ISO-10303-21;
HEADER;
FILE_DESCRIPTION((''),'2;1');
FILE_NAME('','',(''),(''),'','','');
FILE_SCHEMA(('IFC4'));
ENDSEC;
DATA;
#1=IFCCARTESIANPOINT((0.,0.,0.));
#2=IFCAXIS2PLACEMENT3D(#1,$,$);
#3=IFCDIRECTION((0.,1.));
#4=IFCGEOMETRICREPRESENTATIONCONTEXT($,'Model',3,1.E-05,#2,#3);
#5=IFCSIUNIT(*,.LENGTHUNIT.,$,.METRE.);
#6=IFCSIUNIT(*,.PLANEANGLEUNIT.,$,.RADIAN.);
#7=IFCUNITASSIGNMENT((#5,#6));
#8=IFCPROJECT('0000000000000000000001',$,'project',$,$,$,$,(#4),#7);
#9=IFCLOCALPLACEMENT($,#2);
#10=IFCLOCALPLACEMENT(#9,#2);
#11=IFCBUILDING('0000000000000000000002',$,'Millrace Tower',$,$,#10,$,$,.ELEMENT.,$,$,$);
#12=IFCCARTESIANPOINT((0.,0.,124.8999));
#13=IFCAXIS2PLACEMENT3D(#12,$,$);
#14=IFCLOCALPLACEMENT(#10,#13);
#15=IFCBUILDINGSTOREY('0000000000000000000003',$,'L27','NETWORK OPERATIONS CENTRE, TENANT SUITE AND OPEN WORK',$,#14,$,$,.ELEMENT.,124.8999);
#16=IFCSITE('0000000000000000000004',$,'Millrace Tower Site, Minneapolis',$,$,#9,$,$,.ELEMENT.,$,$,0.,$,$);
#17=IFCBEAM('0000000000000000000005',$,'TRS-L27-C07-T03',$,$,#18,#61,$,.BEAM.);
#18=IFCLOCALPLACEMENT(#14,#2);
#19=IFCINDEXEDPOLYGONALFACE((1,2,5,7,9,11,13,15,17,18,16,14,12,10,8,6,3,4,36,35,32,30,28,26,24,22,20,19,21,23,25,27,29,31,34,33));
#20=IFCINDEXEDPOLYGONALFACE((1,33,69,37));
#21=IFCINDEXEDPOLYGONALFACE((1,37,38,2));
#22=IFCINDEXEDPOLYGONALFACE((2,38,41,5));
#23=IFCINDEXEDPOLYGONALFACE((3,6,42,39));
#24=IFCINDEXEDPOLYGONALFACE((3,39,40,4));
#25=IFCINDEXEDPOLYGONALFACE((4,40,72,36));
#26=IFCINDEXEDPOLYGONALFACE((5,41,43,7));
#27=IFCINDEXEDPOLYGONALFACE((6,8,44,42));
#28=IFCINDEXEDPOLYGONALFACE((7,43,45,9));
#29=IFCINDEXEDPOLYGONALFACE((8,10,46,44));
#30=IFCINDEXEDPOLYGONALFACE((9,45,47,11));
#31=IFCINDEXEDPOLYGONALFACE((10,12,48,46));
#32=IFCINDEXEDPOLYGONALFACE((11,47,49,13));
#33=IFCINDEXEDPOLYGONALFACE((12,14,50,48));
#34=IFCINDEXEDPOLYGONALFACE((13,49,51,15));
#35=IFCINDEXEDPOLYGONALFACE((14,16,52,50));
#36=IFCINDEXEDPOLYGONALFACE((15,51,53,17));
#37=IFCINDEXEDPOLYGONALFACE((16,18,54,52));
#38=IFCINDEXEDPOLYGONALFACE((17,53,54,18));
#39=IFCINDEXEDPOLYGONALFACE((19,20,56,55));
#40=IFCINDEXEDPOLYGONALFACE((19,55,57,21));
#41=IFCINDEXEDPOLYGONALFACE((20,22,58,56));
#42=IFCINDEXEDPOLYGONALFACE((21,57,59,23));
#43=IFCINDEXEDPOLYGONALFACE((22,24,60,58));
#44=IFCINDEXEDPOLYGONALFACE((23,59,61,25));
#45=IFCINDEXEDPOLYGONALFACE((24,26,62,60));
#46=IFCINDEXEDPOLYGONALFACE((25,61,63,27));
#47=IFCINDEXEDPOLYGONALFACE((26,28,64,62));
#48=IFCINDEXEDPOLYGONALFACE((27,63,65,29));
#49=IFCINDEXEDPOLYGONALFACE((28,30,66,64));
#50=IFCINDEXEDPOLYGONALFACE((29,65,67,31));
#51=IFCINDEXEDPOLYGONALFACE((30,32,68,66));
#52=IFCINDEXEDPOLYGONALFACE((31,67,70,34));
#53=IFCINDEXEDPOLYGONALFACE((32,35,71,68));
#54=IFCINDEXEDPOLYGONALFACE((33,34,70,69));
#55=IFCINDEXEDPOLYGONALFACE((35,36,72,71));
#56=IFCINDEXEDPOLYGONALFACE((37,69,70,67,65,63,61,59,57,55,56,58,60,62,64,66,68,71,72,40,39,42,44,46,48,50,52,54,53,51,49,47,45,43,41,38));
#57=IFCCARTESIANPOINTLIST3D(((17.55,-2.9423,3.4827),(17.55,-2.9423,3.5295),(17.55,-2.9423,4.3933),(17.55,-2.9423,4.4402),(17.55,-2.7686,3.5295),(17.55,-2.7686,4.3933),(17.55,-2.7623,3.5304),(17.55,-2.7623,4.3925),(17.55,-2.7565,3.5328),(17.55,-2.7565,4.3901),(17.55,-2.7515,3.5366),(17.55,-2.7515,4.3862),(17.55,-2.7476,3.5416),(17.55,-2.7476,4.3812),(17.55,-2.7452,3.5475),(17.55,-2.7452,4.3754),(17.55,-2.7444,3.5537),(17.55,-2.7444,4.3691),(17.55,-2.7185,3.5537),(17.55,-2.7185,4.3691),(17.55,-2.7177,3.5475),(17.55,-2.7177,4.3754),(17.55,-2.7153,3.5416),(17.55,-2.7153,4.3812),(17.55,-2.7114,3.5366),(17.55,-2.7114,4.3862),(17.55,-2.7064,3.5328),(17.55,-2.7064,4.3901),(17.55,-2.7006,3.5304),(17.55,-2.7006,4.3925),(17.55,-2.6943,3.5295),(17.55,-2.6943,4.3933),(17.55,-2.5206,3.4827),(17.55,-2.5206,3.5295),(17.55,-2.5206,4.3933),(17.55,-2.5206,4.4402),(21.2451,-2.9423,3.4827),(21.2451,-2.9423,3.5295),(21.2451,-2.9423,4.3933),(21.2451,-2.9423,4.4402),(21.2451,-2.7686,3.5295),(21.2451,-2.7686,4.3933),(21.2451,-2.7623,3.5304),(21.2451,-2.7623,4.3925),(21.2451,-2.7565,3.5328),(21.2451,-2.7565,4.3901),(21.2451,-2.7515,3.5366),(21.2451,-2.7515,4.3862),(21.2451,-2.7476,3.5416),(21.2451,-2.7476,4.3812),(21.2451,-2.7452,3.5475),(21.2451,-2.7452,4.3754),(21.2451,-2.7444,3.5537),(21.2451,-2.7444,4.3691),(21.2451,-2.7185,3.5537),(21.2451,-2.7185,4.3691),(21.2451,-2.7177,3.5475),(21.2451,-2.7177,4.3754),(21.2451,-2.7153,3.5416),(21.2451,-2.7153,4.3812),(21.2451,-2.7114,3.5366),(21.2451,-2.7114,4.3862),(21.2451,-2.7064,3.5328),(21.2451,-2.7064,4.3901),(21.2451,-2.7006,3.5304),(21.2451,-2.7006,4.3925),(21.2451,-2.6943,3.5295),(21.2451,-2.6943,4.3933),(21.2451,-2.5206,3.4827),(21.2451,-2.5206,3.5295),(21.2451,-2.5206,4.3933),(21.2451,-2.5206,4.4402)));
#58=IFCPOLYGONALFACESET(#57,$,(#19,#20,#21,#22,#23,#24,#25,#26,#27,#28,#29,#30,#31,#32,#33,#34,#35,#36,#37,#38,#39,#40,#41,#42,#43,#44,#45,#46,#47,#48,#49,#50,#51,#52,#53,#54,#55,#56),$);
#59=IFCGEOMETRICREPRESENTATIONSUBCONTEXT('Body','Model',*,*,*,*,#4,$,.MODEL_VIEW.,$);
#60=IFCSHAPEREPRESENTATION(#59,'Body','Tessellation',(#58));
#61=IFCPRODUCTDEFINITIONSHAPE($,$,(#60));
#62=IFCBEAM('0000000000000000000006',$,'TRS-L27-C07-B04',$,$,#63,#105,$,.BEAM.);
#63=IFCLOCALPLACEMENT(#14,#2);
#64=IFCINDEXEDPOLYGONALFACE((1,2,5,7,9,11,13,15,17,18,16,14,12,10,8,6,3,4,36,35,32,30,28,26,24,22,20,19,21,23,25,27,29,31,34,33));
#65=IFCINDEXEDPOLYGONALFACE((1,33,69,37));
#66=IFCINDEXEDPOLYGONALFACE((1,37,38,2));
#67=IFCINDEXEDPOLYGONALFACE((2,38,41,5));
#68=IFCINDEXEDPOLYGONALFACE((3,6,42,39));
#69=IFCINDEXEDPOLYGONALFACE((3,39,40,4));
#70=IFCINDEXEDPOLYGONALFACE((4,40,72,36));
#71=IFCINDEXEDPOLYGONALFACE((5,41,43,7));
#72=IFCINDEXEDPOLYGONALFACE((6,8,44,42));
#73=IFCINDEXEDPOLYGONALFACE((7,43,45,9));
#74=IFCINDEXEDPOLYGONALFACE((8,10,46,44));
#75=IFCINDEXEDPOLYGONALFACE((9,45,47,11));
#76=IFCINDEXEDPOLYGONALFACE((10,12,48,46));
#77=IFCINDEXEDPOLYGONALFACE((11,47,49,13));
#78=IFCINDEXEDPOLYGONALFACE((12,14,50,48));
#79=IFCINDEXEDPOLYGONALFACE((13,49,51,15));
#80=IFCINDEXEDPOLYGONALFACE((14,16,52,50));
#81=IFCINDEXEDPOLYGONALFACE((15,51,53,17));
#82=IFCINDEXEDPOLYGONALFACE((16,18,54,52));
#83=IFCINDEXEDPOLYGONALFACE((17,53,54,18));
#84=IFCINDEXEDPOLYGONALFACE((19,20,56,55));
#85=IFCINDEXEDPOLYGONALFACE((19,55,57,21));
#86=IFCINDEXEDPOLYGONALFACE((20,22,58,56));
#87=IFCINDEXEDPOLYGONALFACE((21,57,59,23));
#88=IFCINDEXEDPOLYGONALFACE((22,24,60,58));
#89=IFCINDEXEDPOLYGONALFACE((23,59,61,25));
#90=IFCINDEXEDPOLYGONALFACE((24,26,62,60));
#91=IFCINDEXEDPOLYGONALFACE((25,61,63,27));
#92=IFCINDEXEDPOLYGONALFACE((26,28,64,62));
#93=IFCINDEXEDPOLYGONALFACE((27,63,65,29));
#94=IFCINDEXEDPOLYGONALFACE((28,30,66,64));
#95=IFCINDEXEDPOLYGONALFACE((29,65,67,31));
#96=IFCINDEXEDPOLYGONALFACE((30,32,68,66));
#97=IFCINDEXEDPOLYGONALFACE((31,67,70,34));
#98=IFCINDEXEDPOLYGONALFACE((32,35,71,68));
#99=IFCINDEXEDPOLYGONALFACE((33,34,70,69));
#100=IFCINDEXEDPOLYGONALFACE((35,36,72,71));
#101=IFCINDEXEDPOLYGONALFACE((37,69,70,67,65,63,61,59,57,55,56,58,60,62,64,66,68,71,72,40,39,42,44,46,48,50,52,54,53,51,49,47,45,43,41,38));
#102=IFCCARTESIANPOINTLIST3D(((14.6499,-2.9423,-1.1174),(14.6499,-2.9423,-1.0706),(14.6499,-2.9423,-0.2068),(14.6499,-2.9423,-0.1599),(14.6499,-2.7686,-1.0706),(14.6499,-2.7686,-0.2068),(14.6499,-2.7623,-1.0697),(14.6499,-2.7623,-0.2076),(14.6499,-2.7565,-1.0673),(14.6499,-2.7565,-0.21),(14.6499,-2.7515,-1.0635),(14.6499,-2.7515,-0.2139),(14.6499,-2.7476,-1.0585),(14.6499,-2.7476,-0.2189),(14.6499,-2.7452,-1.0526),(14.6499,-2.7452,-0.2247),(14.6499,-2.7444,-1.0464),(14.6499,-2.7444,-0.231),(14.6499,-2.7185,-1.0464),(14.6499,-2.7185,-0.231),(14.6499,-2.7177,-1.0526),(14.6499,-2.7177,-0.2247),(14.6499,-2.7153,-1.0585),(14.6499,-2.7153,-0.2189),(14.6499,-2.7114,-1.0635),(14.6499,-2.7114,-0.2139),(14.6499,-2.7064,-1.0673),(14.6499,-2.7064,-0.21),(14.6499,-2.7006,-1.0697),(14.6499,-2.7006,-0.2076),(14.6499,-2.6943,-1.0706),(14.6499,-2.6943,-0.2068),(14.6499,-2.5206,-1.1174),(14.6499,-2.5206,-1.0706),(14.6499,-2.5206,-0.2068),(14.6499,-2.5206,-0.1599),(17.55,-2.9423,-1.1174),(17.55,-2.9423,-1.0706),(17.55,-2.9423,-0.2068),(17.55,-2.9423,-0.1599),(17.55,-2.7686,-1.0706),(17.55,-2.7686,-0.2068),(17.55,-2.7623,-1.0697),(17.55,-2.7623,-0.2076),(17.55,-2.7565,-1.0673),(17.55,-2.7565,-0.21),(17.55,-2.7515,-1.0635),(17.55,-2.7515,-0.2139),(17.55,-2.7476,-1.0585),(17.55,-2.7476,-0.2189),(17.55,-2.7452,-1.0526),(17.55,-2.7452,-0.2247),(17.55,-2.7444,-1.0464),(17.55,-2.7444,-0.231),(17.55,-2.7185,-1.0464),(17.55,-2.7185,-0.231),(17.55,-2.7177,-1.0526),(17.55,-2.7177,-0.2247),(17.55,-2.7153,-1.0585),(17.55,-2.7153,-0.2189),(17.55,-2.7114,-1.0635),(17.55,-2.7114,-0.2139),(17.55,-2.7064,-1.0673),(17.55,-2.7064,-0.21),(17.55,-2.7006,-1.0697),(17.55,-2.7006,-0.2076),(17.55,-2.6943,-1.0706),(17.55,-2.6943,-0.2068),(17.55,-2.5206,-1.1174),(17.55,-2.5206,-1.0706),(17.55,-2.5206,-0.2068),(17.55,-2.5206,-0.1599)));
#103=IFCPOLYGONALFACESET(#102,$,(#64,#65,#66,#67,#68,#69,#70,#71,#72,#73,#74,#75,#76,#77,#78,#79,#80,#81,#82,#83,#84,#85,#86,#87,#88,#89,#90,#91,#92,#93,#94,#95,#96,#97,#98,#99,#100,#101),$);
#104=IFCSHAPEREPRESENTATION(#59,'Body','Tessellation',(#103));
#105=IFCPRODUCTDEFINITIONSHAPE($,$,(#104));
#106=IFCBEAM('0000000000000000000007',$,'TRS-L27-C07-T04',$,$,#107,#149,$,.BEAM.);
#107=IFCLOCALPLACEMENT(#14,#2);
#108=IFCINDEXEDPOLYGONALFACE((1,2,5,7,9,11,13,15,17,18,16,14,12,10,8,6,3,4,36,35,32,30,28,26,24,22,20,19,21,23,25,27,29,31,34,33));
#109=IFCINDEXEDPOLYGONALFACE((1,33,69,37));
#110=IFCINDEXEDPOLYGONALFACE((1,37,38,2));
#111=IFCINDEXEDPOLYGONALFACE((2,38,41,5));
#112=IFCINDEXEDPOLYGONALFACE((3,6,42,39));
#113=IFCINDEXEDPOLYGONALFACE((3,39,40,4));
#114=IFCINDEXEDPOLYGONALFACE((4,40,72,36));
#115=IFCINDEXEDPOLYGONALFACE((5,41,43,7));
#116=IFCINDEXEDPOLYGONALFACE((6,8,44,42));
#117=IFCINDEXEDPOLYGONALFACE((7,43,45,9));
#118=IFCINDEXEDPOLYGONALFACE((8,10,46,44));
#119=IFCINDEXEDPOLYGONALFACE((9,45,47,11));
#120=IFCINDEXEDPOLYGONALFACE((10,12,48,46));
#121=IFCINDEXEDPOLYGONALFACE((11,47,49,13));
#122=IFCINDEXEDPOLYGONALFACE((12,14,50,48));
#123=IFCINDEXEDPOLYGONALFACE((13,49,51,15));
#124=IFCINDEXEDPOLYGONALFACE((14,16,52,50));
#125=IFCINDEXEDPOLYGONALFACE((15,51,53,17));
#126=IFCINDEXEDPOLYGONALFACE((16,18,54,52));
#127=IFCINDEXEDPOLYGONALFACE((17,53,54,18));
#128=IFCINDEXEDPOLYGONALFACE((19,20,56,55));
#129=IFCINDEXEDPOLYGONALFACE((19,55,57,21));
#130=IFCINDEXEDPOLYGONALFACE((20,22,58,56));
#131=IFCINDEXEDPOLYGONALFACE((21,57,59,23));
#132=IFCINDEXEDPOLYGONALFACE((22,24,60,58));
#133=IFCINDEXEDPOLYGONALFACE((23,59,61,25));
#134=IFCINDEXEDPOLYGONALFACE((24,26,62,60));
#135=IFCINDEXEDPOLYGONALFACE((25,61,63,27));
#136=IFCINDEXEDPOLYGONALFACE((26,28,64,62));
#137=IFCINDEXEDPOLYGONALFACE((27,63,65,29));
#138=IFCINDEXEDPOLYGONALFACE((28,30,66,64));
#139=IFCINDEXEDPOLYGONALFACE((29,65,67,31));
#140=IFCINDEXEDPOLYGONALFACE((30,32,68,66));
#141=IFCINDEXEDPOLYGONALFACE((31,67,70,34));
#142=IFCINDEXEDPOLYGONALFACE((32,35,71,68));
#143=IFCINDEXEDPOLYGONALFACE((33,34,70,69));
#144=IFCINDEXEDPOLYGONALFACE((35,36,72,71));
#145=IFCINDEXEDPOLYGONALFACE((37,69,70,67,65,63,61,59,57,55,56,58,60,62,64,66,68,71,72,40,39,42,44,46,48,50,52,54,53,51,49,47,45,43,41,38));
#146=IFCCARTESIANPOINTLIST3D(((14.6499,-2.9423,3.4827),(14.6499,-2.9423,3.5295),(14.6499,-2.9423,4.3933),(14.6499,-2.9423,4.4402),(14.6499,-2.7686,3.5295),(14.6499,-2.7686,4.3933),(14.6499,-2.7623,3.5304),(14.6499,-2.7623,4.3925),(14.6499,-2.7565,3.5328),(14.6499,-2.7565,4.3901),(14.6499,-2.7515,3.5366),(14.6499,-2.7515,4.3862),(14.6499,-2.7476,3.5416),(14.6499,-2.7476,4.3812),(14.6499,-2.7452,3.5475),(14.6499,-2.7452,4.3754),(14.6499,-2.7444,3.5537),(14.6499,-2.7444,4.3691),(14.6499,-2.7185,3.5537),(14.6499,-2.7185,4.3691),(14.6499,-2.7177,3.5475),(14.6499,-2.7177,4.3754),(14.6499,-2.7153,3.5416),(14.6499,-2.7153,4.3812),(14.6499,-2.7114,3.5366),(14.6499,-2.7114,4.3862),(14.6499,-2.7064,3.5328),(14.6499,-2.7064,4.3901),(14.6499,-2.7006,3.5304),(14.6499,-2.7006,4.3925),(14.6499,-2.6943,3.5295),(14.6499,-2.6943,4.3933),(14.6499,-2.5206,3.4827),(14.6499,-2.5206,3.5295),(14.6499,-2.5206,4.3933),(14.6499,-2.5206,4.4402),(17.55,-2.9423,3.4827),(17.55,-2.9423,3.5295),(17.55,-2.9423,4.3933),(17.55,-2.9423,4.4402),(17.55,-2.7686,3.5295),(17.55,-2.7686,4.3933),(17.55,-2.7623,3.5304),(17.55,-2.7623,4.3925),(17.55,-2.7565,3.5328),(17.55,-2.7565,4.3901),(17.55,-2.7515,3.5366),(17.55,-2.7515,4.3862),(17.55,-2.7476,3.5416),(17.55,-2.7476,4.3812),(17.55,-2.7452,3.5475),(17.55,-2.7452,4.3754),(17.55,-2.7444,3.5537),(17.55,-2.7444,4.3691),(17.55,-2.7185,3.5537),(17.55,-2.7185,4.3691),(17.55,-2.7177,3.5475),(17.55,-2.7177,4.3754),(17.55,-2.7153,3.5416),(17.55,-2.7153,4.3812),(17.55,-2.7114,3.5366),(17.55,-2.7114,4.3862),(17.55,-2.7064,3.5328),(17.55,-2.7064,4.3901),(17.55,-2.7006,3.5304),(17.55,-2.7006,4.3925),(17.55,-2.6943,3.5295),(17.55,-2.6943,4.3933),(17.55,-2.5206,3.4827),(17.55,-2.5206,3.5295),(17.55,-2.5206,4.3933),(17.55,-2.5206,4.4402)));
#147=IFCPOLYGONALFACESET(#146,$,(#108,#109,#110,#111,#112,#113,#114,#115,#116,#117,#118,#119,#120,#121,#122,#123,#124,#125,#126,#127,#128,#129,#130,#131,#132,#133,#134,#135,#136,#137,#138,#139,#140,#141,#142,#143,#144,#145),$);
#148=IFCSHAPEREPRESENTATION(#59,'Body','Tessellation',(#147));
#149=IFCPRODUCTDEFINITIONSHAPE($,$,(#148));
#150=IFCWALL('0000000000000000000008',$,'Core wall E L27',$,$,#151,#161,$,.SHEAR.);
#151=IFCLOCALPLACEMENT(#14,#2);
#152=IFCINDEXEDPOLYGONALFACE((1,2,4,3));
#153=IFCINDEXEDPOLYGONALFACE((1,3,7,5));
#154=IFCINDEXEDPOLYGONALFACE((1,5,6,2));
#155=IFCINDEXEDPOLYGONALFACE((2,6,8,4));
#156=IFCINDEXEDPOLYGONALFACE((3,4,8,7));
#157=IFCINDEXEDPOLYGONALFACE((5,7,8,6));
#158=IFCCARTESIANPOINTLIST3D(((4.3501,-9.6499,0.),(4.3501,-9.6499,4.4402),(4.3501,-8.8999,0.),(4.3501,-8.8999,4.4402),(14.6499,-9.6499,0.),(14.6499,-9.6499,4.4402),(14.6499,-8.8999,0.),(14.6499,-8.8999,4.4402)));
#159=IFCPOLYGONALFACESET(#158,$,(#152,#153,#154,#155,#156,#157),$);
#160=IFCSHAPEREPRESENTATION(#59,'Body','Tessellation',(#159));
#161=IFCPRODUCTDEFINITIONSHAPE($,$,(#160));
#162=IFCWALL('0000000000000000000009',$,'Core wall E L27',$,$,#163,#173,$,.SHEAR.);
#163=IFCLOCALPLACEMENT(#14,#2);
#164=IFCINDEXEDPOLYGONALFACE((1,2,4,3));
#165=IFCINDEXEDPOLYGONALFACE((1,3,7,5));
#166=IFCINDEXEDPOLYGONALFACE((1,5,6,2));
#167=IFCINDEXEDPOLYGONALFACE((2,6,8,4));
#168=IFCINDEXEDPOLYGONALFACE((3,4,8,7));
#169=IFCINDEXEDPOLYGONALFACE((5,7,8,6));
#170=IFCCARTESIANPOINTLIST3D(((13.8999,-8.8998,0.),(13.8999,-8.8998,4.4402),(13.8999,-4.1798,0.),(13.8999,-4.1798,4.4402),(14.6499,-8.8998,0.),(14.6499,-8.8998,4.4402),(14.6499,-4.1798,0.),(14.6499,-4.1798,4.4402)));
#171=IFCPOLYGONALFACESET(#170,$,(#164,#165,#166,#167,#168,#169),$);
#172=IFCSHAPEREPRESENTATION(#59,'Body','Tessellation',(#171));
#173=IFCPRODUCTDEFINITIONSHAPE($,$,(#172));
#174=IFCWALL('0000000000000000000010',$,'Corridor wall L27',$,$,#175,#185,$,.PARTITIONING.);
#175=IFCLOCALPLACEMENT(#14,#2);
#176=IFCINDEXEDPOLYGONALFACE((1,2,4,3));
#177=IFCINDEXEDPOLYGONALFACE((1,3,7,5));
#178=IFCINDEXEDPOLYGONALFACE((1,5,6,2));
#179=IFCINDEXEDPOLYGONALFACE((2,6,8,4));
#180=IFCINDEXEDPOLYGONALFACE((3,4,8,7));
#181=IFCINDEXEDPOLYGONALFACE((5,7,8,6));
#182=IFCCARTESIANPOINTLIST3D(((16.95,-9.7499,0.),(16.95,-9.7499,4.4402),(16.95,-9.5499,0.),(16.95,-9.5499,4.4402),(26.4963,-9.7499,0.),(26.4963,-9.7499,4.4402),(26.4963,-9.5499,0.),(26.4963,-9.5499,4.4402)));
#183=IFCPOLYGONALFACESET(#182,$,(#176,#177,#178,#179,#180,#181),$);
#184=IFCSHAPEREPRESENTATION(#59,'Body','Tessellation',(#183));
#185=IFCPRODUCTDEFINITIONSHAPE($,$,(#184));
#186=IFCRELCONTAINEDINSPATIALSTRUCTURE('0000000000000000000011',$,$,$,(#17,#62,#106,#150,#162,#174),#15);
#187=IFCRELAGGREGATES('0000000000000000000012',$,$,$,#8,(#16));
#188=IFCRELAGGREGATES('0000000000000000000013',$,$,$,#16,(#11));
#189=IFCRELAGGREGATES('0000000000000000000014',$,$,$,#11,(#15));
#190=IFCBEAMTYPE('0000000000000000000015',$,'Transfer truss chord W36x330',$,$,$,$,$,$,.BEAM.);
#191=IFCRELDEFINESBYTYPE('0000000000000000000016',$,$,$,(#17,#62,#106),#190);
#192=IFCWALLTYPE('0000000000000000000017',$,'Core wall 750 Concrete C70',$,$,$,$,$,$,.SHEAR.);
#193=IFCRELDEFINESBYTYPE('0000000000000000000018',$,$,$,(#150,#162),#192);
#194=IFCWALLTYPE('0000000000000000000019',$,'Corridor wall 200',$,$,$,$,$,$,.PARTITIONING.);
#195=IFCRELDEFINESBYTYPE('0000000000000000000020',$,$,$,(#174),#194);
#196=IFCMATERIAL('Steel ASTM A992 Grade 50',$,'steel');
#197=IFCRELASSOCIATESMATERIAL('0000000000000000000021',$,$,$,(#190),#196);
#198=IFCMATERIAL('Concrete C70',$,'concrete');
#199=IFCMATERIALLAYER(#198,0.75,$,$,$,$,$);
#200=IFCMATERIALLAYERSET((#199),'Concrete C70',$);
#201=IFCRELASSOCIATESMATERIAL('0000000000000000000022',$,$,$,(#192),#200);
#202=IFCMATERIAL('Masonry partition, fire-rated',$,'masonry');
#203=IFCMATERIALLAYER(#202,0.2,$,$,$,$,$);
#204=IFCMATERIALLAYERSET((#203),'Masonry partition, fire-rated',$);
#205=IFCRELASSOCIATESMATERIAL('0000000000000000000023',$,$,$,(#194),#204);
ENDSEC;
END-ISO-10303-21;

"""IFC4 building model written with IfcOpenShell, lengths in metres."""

from ifc_helpers import new_model, si_unit, direction, frame, frame_2d, origin, origin_2d, place, context, subcontext, project, spatial, rectangle, i_section, extrude, material, layer, layer_set, material_profile, profile_set, type_object, element, save


model = new_model("IFC4")

# Units and contexts
model_context = context("Model", 3, precision=1e-05, world=origin(), true_north=direction((0.0, 1.0)))
body_context = subcontext(model_context, "Body", "Model", "MODEL_VIEW")
ifc_project = project(units=[si_unit("LENGTHUNIT", "METRE"), si_unit("PLANEANGLEUNIT", "RADIAN")], contexts=[model_context])

# Site, building, storey
site_placement = place(None, origin())
site = spatial("IfcSite", under=ifc_project, at=site_placement, Name="Millrace Tower Site, Minneapolis", CompositionType="ELEMENT", RefElevation=0.0)
building_placement = place(site_placement, origin())
building = spatial("IfcBuilding", under=site, at=building_placement, Name="Millrace Tower", CompositionType="ELEMENT")
storey_placement = place(building_placement, frame((0.0, 0.0, 124.8999)))
storey = spatial("IfcBuildingStorey", under=building, at=storey_placement, Name="L27", Description="NETWORK OPERATIONS CENTRE, TENANT SUITE AND OPEN WORK", CompositionType="ELEMENT", Elevation=124.8999)

# Beams
ifc_material_1 = material(Name="Steel ASTM A992 Grade 50", Category="steel")
ifc_material_profile_1 = material_profile(ifc_material_1, i_section(OverallWidth=0.4216, OverallDepth=0.9575, WebThickness=0.0259, FlangeThickness=0.0469, FilletRadius=0.0242, at=origin_2d()))
ifc_profile_set_1 = profile_set([ifc_material_profile_1], Name="Steel ASTM A992 Grade 50")
beam_type_1 = type_object("IfcBeamType", Name="Transfer truss chord W36x330", PredefinedType="BEAM", material=ifc_profile_set_1)
for number, where, z_axis, x_axis, name in (
    (1, (21.2451, -2.7314, 3.9614), (-1.0, 0.0, 0.0), (0.0, -1.0, 0.0), "TRS-L27-C07-T03"),
):
    element("IfcBeam", number, at=place(storey_placement, frame(where, z_axis=z_axis, x_axis=x_axis)), inside=storey, type_object=beam_type_1, Name=name, PredefinedType="BEAM", context=body_context, shape_type="SweptSolid", body=[
        extrude(i_section(OverallWidth=0.4216, OverallDepth=0.9575, WebThickness=0.0259, FlangeThickness=0.0469, FilletRadius=0.0242, at=origin_2d()), origin(), (0.0, 0.0, 1.0), 3.6951),
    ])
for number, where, z_axis, x_axis, name in (
    (2, (17.55, -2.7314, -0.6387), (-1.0, 0.0, 0.0), (0.0, -1.0, 0.0), "TRS-L27-C07-B04"),
    (3, (17.55, -2.7314, 3.9614), (-1.0, 0.0, 0.0), (0.0, -1.0, 0.0), "TRS-L27-C07-T04"),
):
    element("IfcBeam", number, at=place(storey_placement, frame(where, z_axis=z_axis, x_axis=x_axis)), inside=storey, type_object=beam_type_1, Name=name, PredefinedType="BEAM", context=body_context, shape_type="SweptSolid", body=[
        extrude(i_section(OverallWidth=0.4216, OverallDepth=0.9575, WebThickness=0.0259, FlangeThickness=0.0469, FilletRadius=0.0242, at=origin_2d()), origin(), (0.0, 0.0, 1.0), 2.9001),
    ])

# Walls
ifc_material_2 = material(Name="Concrete C70", Category="concrete")
ifc_layer_1 = layer(ifc_material_2, 0.75)
ifc_layer_set_1 = layer_set([ifc_layer_1], Name="Concrete C70")
wall_type_1 = type_object("IfcWallType", Name="Core wall 750 Concrete C70", PredefinedType="SHEAR", material=ifc_layer_set_1)
wall_1_placement = place(storey_placement, frame((14.6499, -9.2749, 0.0), z_axis=(0.0, 0.0, 1.0), x_axis=(-1.0, 0.0, 0.0)))
element("IfcWall", 4, at=wall_1_placement, inside=storey, type_object=wall_type_1, Name="Core wall E L27", PredefinedType="SHEAR", context=body_context, shape_type="SweptSolid", body=[
    extrude(rectangle(XDim=10.2998, YDim=0.75, at=frame_2d((5.1499, 0.0))), origin(), (0.0, 0.0, 1.0), 4.4402),
])
wall_2_placement = place(storey_placement, frame((14.2749, -4.1799, 0.0), z_axis=(0.0, 0.0, 1.0), x_axis=(0.0, -1.0, 0.0)))
element("IfcWall", 5, at=wall_2_placement, inside=storey, type_object=wall_type_1, Name="Core wall E L27", PredefinedType="SHEAR", context=body_context, shape_type="SweptSolid", body=[
    extrude(rectangle(XDim=4.72, YDim=0.75, at=frame_2d((2.3599, 0.0))), origin(), (0.0, 0.0, 1.0), 4.4402),
])
ifc_material_3 = material(Name="Masonry partition, fire-rated", Category="masonry")
ifc_layer_2 = layer(ifc_material_3, 0.2)
ifc_layer_set_2 = layer_set([ifc_layer_2], Name="Masonry partition, fire-rated")
wall_type_2 = type_object("IfcWallType", Name="Corridor wall 200", PredefinedType="PARTITIONING", material=ifc_layer_set_2)
wall_3_placement = place(storey_placement, frame((16.95, -9.6499, 0.0), z_axis=(0.0, 0.0, 1.0), x_axis=(1.0, 0.0, 0.0)))
element("IfcWall", 6, at=wall_3_placement, inside=storey, type_object=wall_type_2, Name="Corridor wall L27", PredefinedType="PARTITIONING", context=body_context, shape_type="SweptSolid", body=[
    extrude(rectangle(XDim=9.5464, YDim=0.2, at=frame_2d((4.7732, 0.0))), origin(), (0.0, 0.0, 1.0), 4.4402),
])

save(model, "model.ifc")
